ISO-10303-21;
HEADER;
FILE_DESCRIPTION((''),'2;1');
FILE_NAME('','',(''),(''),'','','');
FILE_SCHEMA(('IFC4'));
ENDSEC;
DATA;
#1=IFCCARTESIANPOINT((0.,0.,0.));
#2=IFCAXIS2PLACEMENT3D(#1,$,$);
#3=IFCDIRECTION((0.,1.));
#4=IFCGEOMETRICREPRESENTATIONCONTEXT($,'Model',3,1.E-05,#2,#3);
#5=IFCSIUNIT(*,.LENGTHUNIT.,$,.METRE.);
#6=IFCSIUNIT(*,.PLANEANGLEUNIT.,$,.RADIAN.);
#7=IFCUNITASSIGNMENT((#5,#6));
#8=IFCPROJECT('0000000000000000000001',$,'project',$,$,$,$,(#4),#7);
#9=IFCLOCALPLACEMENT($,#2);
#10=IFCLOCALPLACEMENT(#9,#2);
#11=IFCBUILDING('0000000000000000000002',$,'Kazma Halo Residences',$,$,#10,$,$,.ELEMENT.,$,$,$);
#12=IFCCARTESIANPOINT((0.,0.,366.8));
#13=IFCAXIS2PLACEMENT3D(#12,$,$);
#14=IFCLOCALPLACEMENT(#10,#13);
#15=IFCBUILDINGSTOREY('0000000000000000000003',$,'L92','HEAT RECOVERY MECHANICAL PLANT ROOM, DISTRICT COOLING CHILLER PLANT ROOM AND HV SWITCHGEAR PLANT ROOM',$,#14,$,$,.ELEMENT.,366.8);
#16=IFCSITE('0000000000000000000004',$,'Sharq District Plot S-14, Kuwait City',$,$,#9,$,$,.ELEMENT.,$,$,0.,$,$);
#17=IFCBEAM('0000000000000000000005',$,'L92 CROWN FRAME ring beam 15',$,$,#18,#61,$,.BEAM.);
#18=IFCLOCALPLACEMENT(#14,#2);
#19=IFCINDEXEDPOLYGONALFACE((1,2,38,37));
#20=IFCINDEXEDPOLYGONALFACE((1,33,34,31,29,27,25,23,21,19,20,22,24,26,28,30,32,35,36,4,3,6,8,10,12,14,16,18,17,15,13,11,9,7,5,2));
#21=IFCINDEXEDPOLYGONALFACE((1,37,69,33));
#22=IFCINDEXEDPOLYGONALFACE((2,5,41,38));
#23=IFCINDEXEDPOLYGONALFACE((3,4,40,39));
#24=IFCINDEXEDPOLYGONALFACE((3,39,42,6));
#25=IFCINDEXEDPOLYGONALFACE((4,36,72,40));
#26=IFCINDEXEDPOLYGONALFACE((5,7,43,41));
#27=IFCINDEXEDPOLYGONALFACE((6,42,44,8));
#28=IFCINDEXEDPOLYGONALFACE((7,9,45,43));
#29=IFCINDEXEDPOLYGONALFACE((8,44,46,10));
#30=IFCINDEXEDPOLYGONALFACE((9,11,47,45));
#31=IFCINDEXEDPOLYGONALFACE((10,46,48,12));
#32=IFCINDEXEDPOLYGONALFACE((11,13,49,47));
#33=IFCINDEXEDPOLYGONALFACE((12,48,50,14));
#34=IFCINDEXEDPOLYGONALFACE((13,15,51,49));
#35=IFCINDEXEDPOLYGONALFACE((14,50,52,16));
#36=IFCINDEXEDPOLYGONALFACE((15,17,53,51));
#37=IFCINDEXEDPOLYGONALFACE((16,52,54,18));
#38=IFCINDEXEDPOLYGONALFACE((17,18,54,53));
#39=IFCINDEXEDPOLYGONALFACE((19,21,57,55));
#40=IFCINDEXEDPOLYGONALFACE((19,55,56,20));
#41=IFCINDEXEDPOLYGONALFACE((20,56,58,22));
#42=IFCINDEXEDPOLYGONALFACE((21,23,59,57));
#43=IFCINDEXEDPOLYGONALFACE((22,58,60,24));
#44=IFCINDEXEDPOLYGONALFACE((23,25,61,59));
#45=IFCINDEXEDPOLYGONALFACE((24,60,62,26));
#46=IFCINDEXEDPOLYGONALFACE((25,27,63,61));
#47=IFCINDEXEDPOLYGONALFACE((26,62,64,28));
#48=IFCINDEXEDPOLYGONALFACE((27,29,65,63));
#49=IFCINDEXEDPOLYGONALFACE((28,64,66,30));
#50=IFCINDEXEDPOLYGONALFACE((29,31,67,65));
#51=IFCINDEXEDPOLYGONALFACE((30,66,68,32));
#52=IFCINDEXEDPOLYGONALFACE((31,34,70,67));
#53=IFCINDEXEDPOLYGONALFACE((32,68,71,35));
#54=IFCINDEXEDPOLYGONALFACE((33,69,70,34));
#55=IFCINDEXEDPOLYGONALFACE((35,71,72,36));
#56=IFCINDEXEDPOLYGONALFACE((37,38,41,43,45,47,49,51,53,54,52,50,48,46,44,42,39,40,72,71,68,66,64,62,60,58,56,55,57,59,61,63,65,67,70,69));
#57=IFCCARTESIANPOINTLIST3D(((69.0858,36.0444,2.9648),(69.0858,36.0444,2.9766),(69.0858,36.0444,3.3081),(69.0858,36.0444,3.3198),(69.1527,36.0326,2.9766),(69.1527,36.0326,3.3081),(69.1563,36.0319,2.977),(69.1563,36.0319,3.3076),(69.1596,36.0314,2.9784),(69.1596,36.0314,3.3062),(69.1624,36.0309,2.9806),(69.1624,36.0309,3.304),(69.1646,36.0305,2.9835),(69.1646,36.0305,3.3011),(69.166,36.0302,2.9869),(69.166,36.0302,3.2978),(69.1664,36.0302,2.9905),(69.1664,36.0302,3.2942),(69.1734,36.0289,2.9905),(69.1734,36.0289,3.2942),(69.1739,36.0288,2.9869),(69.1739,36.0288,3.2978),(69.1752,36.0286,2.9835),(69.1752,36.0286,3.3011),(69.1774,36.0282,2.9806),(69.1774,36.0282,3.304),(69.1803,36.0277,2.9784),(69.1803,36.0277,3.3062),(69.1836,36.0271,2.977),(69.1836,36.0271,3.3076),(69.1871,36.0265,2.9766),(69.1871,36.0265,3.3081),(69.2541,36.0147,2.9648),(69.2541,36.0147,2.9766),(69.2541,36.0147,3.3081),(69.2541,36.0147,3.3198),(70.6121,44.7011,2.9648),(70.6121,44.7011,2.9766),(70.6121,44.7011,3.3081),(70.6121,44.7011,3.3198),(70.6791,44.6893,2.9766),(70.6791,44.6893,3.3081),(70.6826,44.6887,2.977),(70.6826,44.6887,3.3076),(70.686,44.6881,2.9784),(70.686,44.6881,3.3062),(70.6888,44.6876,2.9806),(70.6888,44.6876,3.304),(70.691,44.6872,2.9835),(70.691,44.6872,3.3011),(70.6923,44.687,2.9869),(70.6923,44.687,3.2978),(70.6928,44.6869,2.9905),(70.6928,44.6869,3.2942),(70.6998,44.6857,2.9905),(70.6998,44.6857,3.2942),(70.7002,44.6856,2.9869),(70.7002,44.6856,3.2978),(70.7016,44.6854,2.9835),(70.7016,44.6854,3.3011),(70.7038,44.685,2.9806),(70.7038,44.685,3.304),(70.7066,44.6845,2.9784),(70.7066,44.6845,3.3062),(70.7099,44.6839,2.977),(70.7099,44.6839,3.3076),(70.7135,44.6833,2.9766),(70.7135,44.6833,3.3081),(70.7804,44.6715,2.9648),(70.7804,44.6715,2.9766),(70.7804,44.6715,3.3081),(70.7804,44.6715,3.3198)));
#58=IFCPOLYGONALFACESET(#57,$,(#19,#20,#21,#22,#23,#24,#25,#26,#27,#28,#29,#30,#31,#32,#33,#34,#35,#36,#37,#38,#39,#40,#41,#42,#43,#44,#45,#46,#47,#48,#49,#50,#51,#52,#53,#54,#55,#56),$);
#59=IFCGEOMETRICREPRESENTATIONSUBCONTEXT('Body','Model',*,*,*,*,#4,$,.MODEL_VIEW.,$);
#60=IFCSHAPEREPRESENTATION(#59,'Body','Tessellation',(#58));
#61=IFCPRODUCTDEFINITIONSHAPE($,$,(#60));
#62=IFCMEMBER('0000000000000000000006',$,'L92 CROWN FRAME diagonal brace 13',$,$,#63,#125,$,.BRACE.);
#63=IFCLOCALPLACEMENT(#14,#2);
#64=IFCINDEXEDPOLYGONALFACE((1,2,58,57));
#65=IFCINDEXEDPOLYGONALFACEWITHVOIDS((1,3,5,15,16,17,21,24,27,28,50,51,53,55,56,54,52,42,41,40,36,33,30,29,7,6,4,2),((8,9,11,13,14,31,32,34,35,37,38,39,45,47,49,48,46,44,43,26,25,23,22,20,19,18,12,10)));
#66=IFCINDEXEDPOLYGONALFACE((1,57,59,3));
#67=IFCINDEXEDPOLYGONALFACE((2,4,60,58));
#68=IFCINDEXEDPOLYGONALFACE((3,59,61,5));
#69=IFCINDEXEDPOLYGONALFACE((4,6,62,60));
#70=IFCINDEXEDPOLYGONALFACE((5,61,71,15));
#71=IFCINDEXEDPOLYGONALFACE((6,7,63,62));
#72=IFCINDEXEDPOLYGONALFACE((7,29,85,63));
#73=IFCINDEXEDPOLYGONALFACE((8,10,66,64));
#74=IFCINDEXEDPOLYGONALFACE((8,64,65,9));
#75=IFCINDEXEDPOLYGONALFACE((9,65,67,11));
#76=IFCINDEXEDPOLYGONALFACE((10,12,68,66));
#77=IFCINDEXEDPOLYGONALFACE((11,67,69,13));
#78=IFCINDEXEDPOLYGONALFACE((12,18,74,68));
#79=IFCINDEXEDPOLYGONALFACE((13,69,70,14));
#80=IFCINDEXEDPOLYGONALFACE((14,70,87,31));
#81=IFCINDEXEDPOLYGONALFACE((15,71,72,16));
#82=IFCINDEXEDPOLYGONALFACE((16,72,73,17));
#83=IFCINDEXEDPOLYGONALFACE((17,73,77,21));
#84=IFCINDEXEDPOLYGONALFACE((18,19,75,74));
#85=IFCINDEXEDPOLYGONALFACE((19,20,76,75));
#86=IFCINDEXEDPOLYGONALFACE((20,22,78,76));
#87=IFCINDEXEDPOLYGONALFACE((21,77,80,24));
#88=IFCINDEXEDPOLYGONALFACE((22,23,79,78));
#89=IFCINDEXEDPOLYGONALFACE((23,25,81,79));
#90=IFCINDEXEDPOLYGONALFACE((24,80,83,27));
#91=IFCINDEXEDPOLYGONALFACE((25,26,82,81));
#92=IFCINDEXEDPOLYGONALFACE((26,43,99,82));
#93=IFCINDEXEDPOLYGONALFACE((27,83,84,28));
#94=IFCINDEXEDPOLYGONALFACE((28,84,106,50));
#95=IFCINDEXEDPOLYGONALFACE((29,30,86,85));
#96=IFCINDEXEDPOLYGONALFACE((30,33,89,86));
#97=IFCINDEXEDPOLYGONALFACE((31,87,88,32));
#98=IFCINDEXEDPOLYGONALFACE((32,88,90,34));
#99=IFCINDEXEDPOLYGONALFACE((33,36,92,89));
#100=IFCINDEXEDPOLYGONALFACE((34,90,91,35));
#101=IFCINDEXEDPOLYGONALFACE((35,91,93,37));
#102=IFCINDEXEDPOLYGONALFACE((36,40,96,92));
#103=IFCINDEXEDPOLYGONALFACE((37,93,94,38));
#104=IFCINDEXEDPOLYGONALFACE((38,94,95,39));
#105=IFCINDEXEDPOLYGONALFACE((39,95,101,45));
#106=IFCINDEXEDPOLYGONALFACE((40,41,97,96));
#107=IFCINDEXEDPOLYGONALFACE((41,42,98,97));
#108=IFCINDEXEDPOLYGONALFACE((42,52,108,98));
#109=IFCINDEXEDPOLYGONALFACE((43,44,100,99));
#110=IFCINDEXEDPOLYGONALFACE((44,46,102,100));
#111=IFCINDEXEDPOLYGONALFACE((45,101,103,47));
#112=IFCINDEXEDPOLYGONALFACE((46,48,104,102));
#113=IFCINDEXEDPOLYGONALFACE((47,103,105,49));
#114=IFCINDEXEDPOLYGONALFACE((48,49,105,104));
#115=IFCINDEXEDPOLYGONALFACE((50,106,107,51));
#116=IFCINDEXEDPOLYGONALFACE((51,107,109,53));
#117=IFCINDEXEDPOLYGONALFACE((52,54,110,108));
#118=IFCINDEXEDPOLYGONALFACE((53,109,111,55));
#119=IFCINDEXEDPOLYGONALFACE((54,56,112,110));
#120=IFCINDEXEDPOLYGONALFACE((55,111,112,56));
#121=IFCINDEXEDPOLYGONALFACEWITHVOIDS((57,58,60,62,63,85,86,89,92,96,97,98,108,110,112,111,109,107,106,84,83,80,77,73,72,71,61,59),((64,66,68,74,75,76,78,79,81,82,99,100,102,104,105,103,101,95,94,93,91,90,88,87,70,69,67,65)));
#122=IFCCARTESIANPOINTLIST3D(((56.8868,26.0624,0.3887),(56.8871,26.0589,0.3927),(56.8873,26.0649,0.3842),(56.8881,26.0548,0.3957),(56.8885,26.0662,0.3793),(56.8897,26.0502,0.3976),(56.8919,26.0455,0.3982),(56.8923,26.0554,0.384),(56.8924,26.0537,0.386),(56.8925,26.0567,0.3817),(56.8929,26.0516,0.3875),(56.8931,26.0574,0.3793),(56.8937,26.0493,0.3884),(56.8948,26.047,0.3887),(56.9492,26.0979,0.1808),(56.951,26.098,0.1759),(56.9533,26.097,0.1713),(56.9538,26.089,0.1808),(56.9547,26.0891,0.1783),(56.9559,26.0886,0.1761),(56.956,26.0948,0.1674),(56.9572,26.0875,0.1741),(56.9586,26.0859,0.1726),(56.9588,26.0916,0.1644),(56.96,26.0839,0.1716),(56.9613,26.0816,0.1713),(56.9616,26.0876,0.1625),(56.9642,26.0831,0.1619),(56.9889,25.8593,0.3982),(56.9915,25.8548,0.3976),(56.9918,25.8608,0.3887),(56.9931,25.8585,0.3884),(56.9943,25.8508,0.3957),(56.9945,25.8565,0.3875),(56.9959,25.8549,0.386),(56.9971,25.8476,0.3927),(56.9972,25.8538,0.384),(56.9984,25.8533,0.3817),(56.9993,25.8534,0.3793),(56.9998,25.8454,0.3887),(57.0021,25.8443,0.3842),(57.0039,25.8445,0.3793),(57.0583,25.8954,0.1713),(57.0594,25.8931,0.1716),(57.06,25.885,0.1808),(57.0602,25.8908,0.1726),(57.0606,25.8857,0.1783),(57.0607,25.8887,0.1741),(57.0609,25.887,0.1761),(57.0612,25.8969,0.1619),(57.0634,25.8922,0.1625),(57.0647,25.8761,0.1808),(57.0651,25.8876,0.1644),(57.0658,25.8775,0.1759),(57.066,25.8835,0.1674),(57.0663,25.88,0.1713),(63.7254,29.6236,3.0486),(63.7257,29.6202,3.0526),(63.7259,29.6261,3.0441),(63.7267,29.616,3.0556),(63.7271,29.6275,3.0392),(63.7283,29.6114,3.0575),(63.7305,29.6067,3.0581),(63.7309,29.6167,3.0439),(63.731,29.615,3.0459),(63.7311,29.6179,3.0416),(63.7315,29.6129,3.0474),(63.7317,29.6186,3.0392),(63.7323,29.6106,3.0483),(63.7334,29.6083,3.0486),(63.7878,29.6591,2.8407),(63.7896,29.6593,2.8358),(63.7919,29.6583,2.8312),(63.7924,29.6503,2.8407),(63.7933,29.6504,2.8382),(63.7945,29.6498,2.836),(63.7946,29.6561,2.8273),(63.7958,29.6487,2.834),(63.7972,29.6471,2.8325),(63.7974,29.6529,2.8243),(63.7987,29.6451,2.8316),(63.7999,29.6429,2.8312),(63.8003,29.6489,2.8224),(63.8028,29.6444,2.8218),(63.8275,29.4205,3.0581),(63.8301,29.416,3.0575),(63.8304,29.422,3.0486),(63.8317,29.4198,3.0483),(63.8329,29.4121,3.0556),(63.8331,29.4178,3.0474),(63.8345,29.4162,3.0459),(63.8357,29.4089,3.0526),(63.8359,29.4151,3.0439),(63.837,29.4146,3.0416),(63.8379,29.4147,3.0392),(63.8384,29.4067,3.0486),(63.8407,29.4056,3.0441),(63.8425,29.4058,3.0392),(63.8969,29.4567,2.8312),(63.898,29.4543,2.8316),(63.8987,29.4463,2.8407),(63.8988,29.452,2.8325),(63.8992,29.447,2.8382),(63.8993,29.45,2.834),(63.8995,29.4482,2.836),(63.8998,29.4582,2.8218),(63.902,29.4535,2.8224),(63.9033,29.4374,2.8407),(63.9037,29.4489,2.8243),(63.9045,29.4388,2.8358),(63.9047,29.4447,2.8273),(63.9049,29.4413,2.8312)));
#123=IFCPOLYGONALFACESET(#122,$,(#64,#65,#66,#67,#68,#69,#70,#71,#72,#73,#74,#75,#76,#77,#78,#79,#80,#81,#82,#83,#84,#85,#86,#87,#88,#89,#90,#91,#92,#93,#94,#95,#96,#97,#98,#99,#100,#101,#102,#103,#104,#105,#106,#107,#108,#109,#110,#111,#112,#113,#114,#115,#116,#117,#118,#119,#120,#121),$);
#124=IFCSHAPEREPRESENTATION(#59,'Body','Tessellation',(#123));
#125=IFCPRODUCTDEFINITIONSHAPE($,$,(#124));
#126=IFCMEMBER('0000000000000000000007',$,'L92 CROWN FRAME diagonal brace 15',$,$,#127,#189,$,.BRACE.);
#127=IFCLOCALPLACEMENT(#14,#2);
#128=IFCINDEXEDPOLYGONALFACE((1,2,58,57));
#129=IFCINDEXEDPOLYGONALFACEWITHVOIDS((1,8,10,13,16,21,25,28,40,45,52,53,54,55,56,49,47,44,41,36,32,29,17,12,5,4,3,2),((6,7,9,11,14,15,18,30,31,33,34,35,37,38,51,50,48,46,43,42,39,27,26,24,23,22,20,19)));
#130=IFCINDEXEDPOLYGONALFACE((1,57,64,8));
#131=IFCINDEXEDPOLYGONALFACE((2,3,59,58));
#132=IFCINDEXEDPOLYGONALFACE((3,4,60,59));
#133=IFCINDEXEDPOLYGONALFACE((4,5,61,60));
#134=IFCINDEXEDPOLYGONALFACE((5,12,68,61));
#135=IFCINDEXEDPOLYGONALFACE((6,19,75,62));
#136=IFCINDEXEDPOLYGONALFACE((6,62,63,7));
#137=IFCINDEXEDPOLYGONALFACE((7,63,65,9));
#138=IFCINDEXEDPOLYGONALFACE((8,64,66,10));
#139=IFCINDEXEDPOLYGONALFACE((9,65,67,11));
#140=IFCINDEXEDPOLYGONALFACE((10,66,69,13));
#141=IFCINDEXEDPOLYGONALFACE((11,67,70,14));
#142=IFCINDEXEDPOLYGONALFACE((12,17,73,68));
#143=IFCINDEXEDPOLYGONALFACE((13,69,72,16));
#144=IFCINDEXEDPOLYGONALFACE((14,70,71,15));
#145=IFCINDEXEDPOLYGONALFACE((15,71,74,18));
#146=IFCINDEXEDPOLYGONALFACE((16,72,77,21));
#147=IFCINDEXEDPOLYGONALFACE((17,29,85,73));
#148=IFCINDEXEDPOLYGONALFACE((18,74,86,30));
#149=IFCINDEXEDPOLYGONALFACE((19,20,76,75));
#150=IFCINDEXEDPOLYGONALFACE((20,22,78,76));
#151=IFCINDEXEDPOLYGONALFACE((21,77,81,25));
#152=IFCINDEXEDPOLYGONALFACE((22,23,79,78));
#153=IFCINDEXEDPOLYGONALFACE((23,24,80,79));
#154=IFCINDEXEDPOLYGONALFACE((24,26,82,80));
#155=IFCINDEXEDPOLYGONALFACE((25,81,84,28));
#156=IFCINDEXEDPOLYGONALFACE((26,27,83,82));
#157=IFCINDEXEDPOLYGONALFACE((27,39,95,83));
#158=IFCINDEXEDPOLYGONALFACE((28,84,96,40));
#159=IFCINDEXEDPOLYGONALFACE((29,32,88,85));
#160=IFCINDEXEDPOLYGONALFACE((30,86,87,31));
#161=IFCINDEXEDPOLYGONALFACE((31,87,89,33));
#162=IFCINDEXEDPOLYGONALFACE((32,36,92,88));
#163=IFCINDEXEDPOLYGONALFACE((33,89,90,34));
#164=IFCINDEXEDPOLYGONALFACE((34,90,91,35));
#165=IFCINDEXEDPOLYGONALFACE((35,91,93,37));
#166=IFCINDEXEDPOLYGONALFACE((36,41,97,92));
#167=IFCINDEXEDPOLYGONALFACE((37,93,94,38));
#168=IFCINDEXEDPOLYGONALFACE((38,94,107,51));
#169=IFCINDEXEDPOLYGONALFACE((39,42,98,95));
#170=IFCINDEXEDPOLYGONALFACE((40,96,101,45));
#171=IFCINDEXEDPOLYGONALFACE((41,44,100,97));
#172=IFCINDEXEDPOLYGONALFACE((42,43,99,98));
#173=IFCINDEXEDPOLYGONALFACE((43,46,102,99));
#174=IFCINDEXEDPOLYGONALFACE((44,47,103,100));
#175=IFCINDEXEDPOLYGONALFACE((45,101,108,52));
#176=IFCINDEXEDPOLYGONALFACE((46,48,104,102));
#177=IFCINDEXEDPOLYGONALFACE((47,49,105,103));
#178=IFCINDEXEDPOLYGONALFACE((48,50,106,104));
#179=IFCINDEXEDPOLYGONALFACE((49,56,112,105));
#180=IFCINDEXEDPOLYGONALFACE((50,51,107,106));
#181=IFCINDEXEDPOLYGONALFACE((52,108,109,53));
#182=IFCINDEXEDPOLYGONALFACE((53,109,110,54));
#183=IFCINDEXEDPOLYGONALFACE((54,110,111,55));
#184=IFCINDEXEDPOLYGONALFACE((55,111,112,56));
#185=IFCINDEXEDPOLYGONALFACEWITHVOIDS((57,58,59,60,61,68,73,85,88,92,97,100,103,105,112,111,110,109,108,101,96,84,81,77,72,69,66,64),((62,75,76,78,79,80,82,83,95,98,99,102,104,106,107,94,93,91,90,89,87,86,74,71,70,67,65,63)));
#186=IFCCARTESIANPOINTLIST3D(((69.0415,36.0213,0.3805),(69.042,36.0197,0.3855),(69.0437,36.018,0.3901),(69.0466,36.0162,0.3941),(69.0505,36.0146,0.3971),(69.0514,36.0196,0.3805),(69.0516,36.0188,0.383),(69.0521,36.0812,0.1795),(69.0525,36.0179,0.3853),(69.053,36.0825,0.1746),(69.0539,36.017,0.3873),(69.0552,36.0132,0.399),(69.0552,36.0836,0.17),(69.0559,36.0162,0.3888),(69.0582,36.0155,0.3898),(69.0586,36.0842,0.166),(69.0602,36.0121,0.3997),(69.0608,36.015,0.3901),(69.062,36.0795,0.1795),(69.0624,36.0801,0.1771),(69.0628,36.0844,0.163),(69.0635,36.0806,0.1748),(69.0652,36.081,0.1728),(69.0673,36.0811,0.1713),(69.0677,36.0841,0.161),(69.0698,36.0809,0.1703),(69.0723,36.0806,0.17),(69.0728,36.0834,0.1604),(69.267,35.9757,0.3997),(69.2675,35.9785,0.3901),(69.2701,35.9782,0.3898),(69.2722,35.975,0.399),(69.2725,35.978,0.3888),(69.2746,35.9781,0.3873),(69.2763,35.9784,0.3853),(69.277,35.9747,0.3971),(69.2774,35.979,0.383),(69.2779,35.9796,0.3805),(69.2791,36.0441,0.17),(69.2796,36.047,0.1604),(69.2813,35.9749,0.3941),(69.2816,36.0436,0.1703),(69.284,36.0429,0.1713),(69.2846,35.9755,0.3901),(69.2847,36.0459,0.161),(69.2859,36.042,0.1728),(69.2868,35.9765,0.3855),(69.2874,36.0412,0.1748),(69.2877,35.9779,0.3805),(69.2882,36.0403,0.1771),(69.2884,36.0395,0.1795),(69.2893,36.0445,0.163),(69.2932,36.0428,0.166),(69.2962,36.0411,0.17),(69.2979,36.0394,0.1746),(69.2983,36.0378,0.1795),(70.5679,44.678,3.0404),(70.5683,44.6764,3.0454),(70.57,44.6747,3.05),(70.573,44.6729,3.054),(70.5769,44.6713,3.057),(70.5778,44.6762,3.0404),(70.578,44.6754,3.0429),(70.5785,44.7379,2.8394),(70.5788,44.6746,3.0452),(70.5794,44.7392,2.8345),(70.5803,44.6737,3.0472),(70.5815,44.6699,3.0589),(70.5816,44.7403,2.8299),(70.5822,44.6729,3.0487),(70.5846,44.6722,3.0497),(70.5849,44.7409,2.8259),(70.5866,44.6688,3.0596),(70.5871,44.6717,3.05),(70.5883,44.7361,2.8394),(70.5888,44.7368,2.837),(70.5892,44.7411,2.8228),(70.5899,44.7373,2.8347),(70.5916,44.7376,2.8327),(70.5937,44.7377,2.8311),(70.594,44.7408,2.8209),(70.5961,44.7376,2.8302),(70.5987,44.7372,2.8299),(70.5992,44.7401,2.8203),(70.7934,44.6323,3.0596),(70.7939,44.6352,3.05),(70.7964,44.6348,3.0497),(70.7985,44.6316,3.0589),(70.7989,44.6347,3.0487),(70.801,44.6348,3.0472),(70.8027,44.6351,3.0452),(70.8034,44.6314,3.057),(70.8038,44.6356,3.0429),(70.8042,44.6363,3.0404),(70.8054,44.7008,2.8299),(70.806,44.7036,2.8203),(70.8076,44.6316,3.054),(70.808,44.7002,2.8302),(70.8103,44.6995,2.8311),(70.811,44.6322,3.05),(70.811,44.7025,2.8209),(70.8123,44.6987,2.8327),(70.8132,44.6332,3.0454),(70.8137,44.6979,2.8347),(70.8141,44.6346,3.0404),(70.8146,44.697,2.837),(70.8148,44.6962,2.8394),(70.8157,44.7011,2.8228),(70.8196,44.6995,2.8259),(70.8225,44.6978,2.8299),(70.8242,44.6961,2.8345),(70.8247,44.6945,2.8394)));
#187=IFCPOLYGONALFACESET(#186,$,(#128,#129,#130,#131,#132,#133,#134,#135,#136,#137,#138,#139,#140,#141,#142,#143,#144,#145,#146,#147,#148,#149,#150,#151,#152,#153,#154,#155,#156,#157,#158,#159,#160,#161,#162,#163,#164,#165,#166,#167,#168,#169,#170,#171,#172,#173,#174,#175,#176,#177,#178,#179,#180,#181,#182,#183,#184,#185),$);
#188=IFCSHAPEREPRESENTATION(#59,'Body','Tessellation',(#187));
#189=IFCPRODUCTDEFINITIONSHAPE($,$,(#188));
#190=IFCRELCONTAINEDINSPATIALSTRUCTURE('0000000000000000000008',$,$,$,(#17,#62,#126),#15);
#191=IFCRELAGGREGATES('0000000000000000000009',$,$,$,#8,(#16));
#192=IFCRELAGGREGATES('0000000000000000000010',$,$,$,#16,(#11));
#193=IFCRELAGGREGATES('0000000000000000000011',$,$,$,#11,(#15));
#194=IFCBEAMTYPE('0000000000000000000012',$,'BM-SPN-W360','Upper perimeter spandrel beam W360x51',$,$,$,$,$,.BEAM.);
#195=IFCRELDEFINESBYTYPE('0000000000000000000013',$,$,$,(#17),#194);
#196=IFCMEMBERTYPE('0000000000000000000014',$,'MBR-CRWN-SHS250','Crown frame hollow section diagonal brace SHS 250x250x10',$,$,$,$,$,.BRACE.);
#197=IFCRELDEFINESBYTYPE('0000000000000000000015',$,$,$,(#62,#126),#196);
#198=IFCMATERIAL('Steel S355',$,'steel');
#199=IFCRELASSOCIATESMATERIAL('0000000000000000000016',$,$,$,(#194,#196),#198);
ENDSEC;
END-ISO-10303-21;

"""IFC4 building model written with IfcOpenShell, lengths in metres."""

from ifc_helpers import new_model, si_unit, direction, frame, origin, origin_2d, place, context, subcontext, project, spatial, hollow_rectangle, i_section, extrude, material, material_profile, profile_set, type_object, element, save


model = new_model("IFC4")

# Units and contexts
model_context = context("Model", 3, precision=1e-05, world=origin(), true_north=direction((0.0, 1.0)))
body_context = subcontext(model_context, "Body", "Model", "MODEL_VIEW")
ifc_project = project(units=[si_unit("LENGTHUNIT", "METRE"), si_unit("PLANEANGLEUNIT", "RADIAN")], contexts=[model_context])

# Site, building, storey
site_placement = place(None, origin())
site = spatial("IfcSite", under=ifc_project, at=site_placement, Name="Sharq District Plot S-14, Kuwait City", CompositionType="ELEMENT", RefElevation=0.0)
building_placement = place(site_placement, origin())
building = spatial("IfcBuilding", under=site, at=building_placement, Name="Kazma Halo Residences", CompositionType="ELEMENT")
storey_placement = place(building_placement, frame((0.0, 0.0, 366.8)))
storey = spatial("IfcBuildingStorey", under=building, at=storey_placement, Name="L92", Description="HEAT RECOVERY MECHANICAL PLANT ROOM, DISTRICT COOLING CHILLER PLANT ROOM AND HV SWITCHGEAR PLANT ROOM", CompositionType="ELEMENT", Elevation=366.8)

# Shared definitions
ifc_material_1 = material(Name="Steel S355", Category="steel")

# Beam
ifc_material_profile_1 = material_profile(ifc_material_1, i_section(OverallWidth=0.1709, OverallDepth=0.355, WebThickness=0.0071, FlangeThickness=0.0117, FilletRadius=0.0139, at=origin_2d()), Name="W360x51")
ifc_profile_set_1 = profile_set([ifc_material_profile_1], Name="Steel S355")
beam_type_1 = type_object("IfcBeamType", Name="BM-SPN-W360", Description="Upper perimeter spandrel beam W360x51", PredefinedType="BEAM", material=ifc_profile_set_1)
beam_1_placement = place(storey_placement, frame((69.1699, 36.0295, 3.1423), z_axis=(0.173643, 0.984809, 0.0), x_axis=(-0.984809, 0.173643, 0.0)))
element("IfcBeam", 1, at=beam_1_placement, inside=storey, type_object=beam_type_1, Name="L92 CROWN FRAME ring beam 15", PredefinedType="BEAM", context=body_context, shape_type="SweptSolid", body=[
    extrude(i_section(OverallWidth=0.1709, OverallDepth=0.355, WebThickness=0.0071, FlangeThickness=0.0117, FilletRadius=0.0139, at=origin_2d()), origin(), (0.0, 0.0, 1.0), 8.7903),
])

# Members
ifc_material_profile_2 = material_profile(ifc_material_1, hollow_rectangle(XDim=0.25, YDim=0.25, WallThickness=0.01, InnerFilletRadius=0.01, OuterFilletRadius=0.02, at=origin_2d()), Name="SHS250x250x10")
ifc_profile_set_2 = profile_set([ifc_material_profile_2], Name="Steel S355")
member_type_1 = type_object("IfcMemberType", Name="MBR-CRWN-SHS250", Description="Crown frame hollow section diagonal brace SHS 250x250x10", PredefinedType="BRACE", material=ifc_profile_set_2)
member_1_placement = place(storey_placement, frame((56.9766, 25.9712, 0.28), z_axis=(0.838451, 0.436631, 0.326119), x_axis=(-0.461883, 0.886941, 0.0)))
element("IfcMember", 2, at=member_1_placement, inside=storey, type_object=member_type_1, Name="L92 CROWN FRAME diagonal brace 13", PredefinedType="BRACE", context=body_context, shape_type="SweptSolid", body=[
    extrude(hollow_rectangle(XDim=0.25, YDim=0.25, WallThickness=0.01, InnerFilletRadius=0.01, OuterFilletRadius=0.02, at=origin_2d()), origin(), (0.0, 0.0, 1.0), 8.1562),
])
member_2_placement = place(storey_placement, frame((69.1699, 36.0295, 0.28), z_axis=(0.1662, 0.942599, 0.289628), x_axis=(-0.984809, 0.173643, 0.0)))
element("IfcMember", 3, at=member_2_placement, inside=storey, type_object=member_type_1, Name="L92 CROWN FRAME diagonal brace 15", PredefinedType="BRACE", context=body_context, shape_type="SweptSolid", body=[
    extrude(hollow_rectangle(XDim=0.25, YDim=0.25, WallThickness=0.01, InnerFilletRadius=0.01, OuterFilletRadius=0.02, at=origin_2d()), origin(), (0.0, 0.0, 1.0), 9.1838),
])

save(model, "model.ifc")
